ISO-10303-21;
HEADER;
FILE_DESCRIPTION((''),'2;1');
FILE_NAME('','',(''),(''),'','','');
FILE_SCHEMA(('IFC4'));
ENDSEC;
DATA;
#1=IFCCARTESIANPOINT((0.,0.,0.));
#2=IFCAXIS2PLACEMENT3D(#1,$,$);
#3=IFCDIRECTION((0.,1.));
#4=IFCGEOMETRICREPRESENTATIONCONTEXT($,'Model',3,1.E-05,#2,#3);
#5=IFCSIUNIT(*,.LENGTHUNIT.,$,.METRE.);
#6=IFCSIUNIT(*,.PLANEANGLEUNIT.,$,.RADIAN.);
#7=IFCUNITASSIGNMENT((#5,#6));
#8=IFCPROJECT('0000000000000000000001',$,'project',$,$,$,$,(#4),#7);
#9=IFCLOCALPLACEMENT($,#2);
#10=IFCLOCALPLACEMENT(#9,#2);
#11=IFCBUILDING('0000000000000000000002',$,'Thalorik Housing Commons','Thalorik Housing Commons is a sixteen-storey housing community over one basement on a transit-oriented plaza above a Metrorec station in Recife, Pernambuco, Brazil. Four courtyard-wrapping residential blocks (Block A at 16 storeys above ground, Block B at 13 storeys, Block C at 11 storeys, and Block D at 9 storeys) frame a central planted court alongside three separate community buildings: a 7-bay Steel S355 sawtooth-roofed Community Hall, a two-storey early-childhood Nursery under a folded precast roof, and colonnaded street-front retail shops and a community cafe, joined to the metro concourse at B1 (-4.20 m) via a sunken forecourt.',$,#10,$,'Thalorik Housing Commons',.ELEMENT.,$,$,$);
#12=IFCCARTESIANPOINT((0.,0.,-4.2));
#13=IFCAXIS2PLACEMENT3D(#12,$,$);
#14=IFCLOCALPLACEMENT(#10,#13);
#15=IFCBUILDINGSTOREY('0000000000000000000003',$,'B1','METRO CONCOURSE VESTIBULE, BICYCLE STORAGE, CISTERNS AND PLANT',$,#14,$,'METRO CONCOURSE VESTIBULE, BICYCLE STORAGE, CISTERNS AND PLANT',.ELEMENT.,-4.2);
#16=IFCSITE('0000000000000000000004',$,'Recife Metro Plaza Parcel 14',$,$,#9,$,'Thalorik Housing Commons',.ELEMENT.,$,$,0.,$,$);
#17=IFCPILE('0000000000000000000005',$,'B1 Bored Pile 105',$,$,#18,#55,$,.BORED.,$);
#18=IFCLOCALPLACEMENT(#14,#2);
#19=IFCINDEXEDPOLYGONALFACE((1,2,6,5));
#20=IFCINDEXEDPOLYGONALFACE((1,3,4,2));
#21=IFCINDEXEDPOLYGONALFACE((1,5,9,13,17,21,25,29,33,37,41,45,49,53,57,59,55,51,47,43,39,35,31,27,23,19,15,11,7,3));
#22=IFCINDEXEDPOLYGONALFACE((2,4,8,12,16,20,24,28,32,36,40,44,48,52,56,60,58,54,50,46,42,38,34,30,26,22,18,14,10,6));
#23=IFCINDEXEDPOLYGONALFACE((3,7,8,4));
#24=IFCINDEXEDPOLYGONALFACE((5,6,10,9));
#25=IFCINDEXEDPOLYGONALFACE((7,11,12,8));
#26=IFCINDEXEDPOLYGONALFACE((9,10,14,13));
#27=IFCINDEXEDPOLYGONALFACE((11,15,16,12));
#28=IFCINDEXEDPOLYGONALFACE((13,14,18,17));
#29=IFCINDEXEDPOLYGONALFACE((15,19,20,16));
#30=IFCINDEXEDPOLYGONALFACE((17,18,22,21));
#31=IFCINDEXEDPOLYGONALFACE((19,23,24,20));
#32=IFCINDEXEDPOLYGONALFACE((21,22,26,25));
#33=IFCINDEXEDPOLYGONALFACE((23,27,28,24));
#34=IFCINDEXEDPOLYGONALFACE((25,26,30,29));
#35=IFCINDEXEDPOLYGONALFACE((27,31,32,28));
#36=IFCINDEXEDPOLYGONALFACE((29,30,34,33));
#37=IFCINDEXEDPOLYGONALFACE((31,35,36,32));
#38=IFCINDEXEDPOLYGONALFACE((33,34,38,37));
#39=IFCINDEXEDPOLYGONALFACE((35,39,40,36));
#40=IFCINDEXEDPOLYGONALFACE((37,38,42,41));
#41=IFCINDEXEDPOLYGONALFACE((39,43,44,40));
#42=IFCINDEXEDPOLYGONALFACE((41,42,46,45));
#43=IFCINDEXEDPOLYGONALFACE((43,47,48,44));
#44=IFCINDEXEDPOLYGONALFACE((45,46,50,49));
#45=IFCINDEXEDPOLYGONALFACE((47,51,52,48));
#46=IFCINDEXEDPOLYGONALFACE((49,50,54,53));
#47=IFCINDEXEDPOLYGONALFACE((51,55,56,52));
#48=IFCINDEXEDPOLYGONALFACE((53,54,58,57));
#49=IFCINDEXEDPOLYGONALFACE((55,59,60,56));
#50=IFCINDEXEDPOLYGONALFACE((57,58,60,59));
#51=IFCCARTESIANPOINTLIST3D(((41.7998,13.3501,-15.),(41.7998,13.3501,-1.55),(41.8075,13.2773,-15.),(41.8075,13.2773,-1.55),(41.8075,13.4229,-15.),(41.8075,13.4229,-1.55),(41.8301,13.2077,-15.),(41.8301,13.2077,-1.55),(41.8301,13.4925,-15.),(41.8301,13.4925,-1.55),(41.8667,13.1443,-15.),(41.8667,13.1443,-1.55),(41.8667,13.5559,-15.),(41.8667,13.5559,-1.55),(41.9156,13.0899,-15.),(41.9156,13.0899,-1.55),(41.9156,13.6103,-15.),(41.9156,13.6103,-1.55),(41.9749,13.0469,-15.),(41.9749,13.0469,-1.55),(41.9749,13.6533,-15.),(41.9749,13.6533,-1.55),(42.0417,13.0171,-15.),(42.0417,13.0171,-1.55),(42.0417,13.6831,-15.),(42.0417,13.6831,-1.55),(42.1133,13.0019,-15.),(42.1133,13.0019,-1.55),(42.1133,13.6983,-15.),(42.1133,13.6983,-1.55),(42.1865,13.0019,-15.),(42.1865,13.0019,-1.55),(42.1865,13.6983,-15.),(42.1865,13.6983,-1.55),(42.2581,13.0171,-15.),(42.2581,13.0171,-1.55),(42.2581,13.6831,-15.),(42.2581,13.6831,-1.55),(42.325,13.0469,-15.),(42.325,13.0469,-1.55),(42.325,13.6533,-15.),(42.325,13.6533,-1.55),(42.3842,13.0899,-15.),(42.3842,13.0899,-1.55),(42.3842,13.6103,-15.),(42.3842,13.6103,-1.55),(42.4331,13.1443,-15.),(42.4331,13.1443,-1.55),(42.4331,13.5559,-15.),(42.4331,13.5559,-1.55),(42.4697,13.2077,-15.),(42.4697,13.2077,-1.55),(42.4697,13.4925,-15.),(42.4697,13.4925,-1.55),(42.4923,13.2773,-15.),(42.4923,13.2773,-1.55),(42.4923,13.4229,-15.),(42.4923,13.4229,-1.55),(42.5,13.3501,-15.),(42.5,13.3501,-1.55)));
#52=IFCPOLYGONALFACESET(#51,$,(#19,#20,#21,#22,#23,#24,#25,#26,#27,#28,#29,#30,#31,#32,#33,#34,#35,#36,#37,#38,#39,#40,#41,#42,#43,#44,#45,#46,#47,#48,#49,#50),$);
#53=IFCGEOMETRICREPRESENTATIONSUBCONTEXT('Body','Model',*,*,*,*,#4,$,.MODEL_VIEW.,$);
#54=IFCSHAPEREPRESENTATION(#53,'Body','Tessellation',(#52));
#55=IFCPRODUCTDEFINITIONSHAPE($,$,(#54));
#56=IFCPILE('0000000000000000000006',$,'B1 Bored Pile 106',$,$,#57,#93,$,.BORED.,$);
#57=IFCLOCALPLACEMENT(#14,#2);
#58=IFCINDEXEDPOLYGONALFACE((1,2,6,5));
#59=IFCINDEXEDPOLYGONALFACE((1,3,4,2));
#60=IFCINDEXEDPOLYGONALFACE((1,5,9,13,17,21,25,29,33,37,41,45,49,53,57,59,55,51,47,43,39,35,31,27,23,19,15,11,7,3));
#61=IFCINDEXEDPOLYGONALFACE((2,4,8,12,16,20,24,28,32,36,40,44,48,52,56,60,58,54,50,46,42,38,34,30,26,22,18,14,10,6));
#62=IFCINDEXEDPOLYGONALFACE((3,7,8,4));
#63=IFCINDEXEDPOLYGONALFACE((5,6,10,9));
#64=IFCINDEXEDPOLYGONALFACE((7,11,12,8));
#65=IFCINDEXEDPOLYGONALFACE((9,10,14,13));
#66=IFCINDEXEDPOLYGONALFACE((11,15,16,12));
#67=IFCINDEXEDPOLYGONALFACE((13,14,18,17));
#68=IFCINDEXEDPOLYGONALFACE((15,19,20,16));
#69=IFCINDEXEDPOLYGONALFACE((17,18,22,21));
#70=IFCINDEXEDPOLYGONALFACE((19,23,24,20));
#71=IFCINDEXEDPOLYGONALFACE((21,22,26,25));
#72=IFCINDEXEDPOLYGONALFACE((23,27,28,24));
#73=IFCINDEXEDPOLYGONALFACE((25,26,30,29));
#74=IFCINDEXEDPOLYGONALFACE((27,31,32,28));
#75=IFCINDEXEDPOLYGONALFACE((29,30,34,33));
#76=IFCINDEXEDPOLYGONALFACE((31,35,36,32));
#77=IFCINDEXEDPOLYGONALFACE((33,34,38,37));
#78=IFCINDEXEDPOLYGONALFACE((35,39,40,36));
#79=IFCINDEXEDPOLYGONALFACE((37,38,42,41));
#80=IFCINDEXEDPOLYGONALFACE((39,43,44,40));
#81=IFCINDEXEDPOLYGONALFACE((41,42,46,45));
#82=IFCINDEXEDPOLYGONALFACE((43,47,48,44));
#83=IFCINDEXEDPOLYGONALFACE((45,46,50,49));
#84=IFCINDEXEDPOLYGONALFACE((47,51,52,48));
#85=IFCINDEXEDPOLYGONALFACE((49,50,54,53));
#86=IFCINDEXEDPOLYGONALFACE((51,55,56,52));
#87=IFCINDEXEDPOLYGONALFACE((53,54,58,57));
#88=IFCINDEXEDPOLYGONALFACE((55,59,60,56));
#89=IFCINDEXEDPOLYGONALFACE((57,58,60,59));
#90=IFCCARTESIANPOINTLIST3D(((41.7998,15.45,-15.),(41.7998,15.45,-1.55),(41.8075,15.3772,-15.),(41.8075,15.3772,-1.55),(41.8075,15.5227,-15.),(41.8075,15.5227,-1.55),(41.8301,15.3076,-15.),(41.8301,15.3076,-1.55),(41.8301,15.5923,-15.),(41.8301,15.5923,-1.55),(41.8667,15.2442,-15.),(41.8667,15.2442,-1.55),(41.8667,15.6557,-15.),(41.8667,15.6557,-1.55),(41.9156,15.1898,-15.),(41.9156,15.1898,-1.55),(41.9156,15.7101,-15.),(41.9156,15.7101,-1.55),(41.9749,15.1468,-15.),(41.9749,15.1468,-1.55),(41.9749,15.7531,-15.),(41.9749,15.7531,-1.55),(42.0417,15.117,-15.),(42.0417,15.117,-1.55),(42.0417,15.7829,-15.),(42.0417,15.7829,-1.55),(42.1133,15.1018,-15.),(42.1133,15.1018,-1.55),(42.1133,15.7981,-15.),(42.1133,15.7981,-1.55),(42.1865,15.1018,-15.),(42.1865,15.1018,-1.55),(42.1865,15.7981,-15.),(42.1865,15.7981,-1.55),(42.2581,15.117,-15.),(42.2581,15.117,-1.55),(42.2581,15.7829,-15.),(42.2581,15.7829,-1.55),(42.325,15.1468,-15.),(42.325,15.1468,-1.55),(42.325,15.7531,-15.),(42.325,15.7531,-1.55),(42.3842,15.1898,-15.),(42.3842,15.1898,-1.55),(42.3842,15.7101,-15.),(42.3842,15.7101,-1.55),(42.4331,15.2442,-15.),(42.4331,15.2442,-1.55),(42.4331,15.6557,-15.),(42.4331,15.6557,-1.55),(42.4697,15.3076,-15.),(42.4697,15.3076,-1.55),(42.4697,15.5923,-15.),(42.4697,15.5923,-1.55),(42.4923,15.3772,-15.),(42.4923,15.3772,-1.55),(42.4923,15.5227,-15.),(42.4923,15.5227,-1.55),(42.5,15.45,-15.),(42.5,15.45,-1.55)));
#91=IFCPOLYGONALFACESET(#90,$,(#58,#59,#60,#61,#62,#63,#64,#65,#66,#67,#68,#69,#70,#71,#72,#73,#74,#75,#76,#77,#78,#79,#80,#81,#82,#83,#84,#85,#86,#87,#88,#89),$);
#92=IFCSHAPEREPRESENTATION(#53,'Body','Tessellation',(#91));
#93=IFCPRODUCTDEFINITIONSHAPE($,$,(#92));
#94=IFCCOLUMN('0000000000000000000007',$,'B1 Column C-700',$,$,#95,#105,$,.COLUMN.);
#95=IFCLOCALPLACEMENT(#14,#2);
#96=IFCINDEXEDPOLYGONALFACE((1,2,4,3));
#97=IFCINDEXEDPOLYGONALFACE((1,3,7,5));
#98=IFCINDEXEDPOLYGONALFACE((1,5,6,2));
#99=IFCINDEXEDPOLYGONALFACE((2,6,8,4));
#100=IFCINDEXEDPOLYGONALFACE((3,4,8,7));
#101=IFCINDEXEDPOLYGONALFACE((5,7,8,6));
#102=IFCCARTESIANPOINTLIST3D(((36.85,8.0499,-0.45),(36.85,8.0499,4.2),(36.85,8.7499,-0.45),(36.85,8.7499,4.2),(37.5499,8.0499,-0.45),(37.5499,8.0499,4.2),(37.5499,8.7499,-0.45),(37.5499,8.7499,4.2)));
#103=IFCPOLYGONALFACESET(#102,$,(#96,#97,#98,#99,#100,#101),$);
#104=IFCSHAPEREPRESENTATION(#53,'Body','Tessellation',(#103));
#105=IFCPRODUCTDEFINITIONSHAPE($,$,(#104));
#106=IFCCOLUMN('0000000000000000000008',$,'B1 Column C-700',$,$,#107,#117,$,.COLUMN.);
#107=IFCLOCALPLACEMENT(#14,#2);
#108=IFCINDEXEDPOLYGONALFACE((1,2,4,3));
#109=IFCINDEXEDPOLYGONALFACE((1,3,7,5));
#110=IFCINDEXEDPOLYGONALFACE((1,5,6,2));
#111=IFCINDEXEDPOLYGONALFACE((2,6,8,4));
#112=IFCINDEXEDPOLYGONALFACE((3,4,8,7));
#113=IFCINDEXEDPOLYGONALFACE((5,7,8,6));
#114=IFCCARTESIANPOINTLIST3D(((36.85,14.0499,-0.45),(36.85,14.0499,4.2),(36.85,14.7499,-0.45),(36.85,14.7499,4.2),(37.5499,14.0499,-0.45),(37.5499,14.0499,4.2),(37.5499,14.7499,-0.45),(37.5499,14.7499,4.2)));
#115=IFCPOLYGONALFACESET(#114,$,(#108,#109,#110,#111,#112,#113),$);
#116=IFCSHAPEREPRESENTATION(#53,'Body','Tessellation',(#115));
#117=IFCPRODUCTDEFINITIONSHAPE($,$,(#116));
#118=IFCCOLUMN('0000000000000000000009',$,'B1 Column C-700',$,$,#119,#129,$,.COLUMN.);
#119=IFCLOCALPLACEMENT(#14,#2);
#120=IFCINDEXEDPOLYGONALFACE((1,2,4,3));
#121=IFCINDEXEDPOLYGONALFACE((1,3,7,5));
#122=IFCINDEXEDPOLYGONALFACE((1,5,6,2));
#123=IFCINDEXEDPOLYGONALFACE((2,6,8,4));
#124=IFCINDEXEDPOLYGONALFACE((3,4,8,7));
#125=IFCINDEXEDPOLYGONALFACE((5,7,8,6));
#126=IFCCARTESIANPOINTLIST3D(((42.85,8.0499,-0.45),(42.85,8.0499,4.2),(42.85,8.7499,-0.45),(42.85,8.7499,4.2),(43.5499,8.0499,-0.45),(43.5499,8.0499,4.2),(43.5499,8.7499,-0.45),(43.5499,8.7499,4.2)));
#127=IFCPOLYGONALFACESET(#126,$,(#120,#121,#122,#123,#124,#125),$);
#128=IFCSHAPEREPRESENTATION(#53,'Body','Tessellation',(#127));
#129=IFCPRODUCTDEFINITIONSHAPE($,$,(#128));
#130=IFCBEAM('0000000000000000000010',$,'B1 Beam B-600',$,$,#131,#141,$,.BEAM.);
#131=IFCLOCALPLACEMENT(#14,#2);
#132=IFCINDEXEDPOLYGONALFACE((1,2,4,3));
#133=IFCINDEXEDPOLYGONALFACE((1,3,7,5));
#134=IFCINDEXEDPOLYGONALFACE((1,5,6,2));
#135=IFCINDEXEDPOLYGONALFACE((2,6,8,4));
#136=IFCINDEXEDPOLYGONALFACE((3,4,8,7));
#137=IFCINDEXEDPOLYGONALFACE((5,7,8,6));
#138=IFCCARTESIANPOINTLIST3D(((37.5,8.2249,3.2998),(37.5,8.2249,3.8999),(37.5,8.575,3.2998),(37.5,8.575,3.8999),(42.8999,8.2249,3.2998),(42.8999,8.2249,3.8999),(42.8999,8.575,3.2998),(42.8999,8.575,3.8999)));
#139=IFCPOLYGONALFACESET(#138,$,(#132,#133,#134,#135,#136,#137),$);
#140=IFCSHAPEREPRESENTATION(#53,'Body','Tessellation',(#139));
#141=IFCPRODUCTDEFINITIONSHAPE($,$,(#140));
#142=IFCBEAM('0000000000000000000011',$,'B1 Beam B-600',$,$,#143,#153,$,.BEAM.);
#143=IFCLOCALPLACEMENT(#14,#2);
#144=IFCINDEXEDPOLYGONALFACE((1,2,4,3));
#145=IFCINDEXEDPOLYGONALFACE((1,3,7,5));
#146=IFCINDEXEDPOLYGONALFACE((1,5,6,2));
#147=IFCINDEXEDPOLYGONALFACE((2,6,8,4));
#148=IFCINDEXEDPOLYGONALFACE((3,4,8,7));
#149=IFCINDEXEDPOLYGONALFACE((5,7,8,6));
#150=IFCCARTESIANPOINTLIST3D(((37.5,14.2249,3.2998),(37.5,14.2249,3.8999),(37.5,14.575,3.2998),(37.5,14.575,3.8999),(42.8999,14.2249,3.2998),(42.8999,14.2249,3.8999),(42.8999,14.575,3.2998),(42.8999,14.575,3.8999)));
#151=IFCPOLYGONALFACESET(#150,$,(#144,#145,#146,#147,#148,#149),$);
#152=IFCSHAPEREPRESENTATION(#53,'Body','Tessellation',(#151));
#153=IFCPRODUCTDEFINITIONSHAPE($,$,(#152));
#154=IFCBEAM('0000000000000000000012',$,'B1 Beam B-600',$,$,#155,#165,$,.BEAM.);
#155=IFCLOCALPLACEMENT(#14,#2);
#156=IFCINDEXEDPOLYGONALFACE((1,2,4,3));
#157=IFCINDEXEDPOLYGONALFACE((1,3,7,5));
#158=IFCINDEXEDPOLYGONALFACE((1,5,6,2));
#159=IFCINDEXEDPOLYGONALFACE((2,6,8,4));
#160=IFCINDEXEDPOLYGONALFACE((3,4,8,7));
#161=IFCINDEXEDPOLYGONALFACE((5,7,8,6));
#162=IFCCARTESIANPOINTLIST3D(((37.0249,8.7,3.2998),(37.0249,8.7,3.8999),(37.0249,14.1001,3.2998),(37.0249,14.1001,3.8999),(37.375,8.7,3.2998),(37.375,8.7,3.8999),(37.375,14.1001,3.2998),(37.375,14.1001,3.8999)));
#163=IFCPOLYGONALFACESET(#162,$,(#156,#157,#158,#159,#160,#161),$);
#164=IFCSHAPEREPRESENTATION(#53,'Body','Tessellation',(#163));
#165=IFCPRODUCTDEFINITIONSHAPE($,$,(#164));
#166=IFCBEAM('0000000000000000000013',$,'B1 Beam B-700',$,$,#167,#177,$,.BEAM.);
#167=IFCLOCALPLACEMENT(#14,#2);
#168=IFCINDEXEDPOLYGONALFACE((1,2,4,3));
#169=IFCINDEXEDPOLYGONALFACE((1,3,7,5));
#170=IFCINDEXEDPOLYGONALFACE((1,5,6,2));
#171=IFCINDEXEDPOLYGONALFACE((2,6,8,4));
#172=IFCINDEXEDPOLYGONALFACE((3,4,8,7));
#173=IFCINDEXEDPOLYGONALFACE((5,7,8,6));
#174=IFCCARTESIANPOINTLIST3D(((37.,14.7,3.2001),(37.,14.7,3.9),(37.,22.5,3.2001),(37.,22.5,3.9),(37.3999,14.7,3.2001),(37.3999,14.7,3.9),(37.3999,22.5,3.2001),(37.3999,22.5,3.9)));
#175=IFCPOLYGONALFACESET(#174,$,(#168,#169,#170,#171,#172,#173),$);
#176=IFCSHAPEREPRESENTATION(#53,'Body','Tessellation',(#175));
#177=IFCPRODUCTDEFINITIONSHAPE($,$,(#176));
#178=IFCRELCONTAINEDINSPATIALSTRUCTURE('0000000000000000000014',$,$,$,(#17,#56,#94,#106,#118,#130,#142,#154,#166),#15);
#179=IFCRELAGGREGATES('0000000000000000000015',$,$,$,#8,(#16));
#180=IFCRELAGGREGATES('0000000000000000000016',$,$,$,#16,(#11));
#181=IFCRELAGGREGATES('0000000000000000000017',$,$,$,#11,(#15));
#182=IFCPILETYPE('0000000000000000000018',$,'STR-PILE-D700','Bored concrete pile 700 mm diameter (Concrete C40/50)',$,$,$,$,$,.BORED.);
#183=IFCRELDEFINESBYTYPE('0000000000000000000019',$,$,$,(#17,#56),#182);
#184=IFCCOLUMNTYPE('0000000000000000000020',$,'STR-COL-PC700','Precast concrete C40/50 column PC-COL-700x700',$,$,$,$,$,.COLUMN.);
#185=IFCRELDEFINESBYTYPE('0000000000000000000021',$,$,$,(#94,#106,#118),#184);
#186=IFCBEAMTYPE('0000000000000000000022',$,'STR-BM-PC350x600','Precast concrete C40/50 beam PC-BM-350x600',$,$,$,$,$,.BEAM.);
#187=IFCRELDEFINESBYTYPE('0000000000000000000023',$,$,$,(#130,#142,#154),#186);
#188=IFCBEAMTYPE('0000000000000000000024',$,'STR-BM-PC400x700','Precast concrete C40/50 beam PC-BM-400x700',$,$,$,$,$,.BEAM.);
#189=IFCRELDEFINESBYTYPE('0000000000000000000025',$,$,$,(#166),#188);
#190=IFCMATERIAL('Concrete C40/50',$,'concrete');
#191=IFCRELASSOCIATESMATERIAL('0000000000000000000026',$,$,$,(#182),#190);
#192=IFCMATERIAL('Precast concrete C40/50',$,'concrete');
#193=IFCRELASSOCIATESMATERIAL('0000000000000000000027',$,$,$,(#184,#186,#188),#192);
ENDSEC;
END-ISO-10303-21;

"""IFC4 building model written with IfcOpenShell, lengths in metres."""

from ifc_helpers import new_model, si_unit, direction, frame, origin, origin_2d, place, context, subcontext, project, spatial, rectangle, circle, extrude, material, material_profile, profile_set, type_object, element, save


model = new_model("IFC4")

# Units and contexts
model_context = context("Model", 3, precision=1e-05, world=origin(), true_north=direction((0.0, 1.0)))
body_context = subcontext(model_context, "Body", "Model", "MODEL_VIEW")
ifc_project = project(units=[si_unit("LENGTHUNIT", "METRE"), si_unit("PLANEANGLEUNIT", "RADIAN")], contexts=[model_context])

# Site, building, storey
site_placement = place(None, origin())
site = spatial("IfcSite", under=ifc_project, at=site_placement, Name="Recife Metro Plaza Parcel 14", LongName="Thalorik Housing Commons", CompositionType="ELEMENT", RefElevation=0.0)
building_placement = place(site_placement, origin())
building = spatial("IfcBuilding", under=site, at=building_placement, Name="Thalorik Housing Commons", Description="Thalorik Housing Commons is a sixteen-storey housing community over one basement on a transit-oriented plaza above a Metrorec station in Recife, Pernambuco, Brazil. Four courtyard-wrapping residential blocks (Block A at 16 storeys above ground, Block B at 13 storeys, Block C at 11 storeys, and Block D at 9 storeys) frame a central planted court alongside three separate community buildings: a 7-bay Steel S355 sawtooth-roofed Community Hall, a two-storey early-childhood Nursery under a folded precast roof, and colonnaded street-front retail shops and a community cafe, joined to the metro concourse at B1 (-4.20 m) via a sunken forecourt.", LongName="Thalorik Housing Commons", CompositionType="ELEMENT")
storey_placement = place(building_placement, frame((0.0, 0.0, -4.2)))
storey = spatial("IfcBuildingStorey", under=building, at=storey_placement, Name="B1", Description="METRO CONCOURSE VESTIBULE, BICYCLE STORAGE, CISTERNS AND PLANT", LongName="METRO CONCOURSE VESTIBULE, BICYCLE STORAGE, CISTERNS AND PLANT", CompositionType="ELEMENT", Elevation=-4.2)

# Shared definitions
ifc_material_1 = material(Name="Concrete C40/50", Category="concrete")

# Piles
ifc_material_profile_1 = material_profile(ifc_material_1, circle(Radius=0.3501, at=origin_2d()), Name="BORED PILE D700", Category="concrete")
ifc_profile_set_1 = profile_set([ifc_material_profile_1], Name="Concrete C40/50")
pile_type = type_object("IfcPileType", Name="STR-PILE-D700", Description="Bored concrete pile 700 mm diameter (Concrete C40/50)", PredefinedType="BORED", material=ifc_profile_set_1)
for number, where, z_axis, x_axis, name in (
    (1, (42.1499, 13.3501, -1.55), (0.0, 0.0, -1.0), (1.0, 0.0, 0.0), "B1 Bored Pile 105"),
    (2, (42.1499, 15.45, -1.55), (0.0, 0.0, -1.0), (1.0, 0.0, 0.0), "B1 Bored Pile 106"),
):
    element("IfcPile", number, at=place(storey_placement, frame(where, z_axis=z_axis, x_axis=x_axis)), inside=storey, type_object=pile_type, Name=name, PredefinedType="BORED", context=body_context, shape_type="SweptSolid", body=[
        extrude(circle(Radius=0.3501, at=origin_2d()), origin(), (0.0, 0.0, 1.0), 13.45),
    ])

# Columns
ifc_material_2 = material(Name="Precast concrete C40/50", Category="concrete")
ifc_material_profile_2 = material_profile(ifc_material_2, rectangle(XDim=0.7, YDim=0.7, at=origin_2d()), Name="PC 700x700", Category="concrete")
ifc_profile_set_2 = profile_set([ifc_material_profile_2], Name="Precast concrete C40/50")
column_type = type_object("IfcColumnType", Name="STR-COL-PC700", Description="Precast concrete C40/50 column PC-COL-700x700", PredefinedType="COLUMN", material=ifc_profile_set_2)
for number, where, z_axis, x_axis, name in (
    (3, (37.2, 8.3999, -0.45), (0.0, 0.0, 1.0), (1.0, 0.0, 0.0), "B1 Column C-700"),
    (4, (37.2, 14.3999, -0.45), (0.0, 0.0, 1.0), (1.0, 0.0, 0.0), "B1 Column C-700"),
    (5, (43.2, 8.3999, -0.45), (0.0, 0.0, 1.0), (1.0, 0.0, 0.0), "B1 Column C-700"),
):
    element("IfcColumn", number, at=place(storey_placement, frame(where, z_axis=z_axis, x_axis=x_axis)), inside=storey, type_object=column_type, Name=name, PredefinedType="COLUMN", context=body_context, shape_type="SweptSolid", body=[
        extrude(rectangle(XDim=0.7, YDim=0.7, at=origin_2d()), origin(), (0.0, 0.0, 1.0), 4.6499),
    ])

# Beams
ifc_material_profile_3 = material_profile(ifc_material_2, rectangle(XDim=0.3501, YDim=0.6001, at=origin_2d()), Name="PC 350x600", Category="concrete")
ifc_profile_set_3 = profile_set([ifc_material_profile_3], Name="Precast concrete C40/50")
beam_type_1 = type_object("IfcBeamType", Name="STR-BM-PC350x600", Description="Precast concrete C40/50 beam PC-BM-350x600", PredefinedType="BEAM", material=ifc_profile_set_3)
for number, where, z_axis, x_axis, name in (
    (6, (37.5, 8.3999, 3.5999), (1.0, 0.0, 0.0), (0.0, 1.0, 0.0), "B1 Beam B-600"),
    (7, (37.5, 14.3999, 3.5999), (1.0, 0.0, 0.0), (0.0, 1.0, 0.0), "B1 Beam B-600"),
):
    element("IfcBeam", number, at=place(storey_placement, frame(where, z_axis=z_axis, x_axis=x_axis)), inside=storey, type_object=beam_type_1, Name=name, PredefinedType="BEAM", context=body_context, shape_type="SweptSolid", body=[
        extrude(rectangle(XDim=0.3501, YDim=0.6001, at=origin_2d()), origin(), (0.0, 0.0, 1.0), 5.3999),
    ])
beam_1_placement = place(storey_placement, frame((37.2, 8.7, 3.5999), z_axis=(0.0, 1.0, 0.0), x_axis=(-1.0, 0.0, 0.0)))
element("IfcBeam", 8, at=beam_1_placement, inside=storey, type_object=beam_type_1, Name="B1 Beam B-600", PredefinedType="BEAM", context=body_context, shape_type="SweptSolid", body=[
    extrude(rectangle(XDim=0.3501, YDim=0.6001, at=origin_2d()), origin(), (0.0, 0.0, 1.0), 5.4001),
])
ifc_material_profile_4 = material_profile(ifc_material_2, rectangle(XDim=0.3999, YDim=0.7, at=origin_2d()), Name="PC 400x700", Category="concrete")
ifc_profile_set_4 = profile_set([ifc_material_profile_4], Name="Precast concrete C40/50")
beam_type_2 = type_object("IfcBeamType", Name="STR-BM-PC400x700", Description="Precast concrete C40/50 beam PC-BM-400x700", PredefinedType="BEAM", material=ifc_profile_set_4)
beam_2_placement = place(storey_placement, frame((37.2, 14.7, 3.55), z_axis=(0.0, 1.0, 0.0), x_axis=(-1.0, 0.0, 0.0)))
element("IfcBeam", 9, at=beam_2_placement, inside=storey, type_object=beam_type_2, Name="B1 Beam B-700", PredefinedType="BEAM", context=body_context, shape_type="SweptSolid", body=[
    extrude(rectangle(XDim=0.3999, YDim=0.7, at=origin_2d()), origin(), (0.0, 0.0, 1.0), 7.8),
])

save(model, "model.ifc")
